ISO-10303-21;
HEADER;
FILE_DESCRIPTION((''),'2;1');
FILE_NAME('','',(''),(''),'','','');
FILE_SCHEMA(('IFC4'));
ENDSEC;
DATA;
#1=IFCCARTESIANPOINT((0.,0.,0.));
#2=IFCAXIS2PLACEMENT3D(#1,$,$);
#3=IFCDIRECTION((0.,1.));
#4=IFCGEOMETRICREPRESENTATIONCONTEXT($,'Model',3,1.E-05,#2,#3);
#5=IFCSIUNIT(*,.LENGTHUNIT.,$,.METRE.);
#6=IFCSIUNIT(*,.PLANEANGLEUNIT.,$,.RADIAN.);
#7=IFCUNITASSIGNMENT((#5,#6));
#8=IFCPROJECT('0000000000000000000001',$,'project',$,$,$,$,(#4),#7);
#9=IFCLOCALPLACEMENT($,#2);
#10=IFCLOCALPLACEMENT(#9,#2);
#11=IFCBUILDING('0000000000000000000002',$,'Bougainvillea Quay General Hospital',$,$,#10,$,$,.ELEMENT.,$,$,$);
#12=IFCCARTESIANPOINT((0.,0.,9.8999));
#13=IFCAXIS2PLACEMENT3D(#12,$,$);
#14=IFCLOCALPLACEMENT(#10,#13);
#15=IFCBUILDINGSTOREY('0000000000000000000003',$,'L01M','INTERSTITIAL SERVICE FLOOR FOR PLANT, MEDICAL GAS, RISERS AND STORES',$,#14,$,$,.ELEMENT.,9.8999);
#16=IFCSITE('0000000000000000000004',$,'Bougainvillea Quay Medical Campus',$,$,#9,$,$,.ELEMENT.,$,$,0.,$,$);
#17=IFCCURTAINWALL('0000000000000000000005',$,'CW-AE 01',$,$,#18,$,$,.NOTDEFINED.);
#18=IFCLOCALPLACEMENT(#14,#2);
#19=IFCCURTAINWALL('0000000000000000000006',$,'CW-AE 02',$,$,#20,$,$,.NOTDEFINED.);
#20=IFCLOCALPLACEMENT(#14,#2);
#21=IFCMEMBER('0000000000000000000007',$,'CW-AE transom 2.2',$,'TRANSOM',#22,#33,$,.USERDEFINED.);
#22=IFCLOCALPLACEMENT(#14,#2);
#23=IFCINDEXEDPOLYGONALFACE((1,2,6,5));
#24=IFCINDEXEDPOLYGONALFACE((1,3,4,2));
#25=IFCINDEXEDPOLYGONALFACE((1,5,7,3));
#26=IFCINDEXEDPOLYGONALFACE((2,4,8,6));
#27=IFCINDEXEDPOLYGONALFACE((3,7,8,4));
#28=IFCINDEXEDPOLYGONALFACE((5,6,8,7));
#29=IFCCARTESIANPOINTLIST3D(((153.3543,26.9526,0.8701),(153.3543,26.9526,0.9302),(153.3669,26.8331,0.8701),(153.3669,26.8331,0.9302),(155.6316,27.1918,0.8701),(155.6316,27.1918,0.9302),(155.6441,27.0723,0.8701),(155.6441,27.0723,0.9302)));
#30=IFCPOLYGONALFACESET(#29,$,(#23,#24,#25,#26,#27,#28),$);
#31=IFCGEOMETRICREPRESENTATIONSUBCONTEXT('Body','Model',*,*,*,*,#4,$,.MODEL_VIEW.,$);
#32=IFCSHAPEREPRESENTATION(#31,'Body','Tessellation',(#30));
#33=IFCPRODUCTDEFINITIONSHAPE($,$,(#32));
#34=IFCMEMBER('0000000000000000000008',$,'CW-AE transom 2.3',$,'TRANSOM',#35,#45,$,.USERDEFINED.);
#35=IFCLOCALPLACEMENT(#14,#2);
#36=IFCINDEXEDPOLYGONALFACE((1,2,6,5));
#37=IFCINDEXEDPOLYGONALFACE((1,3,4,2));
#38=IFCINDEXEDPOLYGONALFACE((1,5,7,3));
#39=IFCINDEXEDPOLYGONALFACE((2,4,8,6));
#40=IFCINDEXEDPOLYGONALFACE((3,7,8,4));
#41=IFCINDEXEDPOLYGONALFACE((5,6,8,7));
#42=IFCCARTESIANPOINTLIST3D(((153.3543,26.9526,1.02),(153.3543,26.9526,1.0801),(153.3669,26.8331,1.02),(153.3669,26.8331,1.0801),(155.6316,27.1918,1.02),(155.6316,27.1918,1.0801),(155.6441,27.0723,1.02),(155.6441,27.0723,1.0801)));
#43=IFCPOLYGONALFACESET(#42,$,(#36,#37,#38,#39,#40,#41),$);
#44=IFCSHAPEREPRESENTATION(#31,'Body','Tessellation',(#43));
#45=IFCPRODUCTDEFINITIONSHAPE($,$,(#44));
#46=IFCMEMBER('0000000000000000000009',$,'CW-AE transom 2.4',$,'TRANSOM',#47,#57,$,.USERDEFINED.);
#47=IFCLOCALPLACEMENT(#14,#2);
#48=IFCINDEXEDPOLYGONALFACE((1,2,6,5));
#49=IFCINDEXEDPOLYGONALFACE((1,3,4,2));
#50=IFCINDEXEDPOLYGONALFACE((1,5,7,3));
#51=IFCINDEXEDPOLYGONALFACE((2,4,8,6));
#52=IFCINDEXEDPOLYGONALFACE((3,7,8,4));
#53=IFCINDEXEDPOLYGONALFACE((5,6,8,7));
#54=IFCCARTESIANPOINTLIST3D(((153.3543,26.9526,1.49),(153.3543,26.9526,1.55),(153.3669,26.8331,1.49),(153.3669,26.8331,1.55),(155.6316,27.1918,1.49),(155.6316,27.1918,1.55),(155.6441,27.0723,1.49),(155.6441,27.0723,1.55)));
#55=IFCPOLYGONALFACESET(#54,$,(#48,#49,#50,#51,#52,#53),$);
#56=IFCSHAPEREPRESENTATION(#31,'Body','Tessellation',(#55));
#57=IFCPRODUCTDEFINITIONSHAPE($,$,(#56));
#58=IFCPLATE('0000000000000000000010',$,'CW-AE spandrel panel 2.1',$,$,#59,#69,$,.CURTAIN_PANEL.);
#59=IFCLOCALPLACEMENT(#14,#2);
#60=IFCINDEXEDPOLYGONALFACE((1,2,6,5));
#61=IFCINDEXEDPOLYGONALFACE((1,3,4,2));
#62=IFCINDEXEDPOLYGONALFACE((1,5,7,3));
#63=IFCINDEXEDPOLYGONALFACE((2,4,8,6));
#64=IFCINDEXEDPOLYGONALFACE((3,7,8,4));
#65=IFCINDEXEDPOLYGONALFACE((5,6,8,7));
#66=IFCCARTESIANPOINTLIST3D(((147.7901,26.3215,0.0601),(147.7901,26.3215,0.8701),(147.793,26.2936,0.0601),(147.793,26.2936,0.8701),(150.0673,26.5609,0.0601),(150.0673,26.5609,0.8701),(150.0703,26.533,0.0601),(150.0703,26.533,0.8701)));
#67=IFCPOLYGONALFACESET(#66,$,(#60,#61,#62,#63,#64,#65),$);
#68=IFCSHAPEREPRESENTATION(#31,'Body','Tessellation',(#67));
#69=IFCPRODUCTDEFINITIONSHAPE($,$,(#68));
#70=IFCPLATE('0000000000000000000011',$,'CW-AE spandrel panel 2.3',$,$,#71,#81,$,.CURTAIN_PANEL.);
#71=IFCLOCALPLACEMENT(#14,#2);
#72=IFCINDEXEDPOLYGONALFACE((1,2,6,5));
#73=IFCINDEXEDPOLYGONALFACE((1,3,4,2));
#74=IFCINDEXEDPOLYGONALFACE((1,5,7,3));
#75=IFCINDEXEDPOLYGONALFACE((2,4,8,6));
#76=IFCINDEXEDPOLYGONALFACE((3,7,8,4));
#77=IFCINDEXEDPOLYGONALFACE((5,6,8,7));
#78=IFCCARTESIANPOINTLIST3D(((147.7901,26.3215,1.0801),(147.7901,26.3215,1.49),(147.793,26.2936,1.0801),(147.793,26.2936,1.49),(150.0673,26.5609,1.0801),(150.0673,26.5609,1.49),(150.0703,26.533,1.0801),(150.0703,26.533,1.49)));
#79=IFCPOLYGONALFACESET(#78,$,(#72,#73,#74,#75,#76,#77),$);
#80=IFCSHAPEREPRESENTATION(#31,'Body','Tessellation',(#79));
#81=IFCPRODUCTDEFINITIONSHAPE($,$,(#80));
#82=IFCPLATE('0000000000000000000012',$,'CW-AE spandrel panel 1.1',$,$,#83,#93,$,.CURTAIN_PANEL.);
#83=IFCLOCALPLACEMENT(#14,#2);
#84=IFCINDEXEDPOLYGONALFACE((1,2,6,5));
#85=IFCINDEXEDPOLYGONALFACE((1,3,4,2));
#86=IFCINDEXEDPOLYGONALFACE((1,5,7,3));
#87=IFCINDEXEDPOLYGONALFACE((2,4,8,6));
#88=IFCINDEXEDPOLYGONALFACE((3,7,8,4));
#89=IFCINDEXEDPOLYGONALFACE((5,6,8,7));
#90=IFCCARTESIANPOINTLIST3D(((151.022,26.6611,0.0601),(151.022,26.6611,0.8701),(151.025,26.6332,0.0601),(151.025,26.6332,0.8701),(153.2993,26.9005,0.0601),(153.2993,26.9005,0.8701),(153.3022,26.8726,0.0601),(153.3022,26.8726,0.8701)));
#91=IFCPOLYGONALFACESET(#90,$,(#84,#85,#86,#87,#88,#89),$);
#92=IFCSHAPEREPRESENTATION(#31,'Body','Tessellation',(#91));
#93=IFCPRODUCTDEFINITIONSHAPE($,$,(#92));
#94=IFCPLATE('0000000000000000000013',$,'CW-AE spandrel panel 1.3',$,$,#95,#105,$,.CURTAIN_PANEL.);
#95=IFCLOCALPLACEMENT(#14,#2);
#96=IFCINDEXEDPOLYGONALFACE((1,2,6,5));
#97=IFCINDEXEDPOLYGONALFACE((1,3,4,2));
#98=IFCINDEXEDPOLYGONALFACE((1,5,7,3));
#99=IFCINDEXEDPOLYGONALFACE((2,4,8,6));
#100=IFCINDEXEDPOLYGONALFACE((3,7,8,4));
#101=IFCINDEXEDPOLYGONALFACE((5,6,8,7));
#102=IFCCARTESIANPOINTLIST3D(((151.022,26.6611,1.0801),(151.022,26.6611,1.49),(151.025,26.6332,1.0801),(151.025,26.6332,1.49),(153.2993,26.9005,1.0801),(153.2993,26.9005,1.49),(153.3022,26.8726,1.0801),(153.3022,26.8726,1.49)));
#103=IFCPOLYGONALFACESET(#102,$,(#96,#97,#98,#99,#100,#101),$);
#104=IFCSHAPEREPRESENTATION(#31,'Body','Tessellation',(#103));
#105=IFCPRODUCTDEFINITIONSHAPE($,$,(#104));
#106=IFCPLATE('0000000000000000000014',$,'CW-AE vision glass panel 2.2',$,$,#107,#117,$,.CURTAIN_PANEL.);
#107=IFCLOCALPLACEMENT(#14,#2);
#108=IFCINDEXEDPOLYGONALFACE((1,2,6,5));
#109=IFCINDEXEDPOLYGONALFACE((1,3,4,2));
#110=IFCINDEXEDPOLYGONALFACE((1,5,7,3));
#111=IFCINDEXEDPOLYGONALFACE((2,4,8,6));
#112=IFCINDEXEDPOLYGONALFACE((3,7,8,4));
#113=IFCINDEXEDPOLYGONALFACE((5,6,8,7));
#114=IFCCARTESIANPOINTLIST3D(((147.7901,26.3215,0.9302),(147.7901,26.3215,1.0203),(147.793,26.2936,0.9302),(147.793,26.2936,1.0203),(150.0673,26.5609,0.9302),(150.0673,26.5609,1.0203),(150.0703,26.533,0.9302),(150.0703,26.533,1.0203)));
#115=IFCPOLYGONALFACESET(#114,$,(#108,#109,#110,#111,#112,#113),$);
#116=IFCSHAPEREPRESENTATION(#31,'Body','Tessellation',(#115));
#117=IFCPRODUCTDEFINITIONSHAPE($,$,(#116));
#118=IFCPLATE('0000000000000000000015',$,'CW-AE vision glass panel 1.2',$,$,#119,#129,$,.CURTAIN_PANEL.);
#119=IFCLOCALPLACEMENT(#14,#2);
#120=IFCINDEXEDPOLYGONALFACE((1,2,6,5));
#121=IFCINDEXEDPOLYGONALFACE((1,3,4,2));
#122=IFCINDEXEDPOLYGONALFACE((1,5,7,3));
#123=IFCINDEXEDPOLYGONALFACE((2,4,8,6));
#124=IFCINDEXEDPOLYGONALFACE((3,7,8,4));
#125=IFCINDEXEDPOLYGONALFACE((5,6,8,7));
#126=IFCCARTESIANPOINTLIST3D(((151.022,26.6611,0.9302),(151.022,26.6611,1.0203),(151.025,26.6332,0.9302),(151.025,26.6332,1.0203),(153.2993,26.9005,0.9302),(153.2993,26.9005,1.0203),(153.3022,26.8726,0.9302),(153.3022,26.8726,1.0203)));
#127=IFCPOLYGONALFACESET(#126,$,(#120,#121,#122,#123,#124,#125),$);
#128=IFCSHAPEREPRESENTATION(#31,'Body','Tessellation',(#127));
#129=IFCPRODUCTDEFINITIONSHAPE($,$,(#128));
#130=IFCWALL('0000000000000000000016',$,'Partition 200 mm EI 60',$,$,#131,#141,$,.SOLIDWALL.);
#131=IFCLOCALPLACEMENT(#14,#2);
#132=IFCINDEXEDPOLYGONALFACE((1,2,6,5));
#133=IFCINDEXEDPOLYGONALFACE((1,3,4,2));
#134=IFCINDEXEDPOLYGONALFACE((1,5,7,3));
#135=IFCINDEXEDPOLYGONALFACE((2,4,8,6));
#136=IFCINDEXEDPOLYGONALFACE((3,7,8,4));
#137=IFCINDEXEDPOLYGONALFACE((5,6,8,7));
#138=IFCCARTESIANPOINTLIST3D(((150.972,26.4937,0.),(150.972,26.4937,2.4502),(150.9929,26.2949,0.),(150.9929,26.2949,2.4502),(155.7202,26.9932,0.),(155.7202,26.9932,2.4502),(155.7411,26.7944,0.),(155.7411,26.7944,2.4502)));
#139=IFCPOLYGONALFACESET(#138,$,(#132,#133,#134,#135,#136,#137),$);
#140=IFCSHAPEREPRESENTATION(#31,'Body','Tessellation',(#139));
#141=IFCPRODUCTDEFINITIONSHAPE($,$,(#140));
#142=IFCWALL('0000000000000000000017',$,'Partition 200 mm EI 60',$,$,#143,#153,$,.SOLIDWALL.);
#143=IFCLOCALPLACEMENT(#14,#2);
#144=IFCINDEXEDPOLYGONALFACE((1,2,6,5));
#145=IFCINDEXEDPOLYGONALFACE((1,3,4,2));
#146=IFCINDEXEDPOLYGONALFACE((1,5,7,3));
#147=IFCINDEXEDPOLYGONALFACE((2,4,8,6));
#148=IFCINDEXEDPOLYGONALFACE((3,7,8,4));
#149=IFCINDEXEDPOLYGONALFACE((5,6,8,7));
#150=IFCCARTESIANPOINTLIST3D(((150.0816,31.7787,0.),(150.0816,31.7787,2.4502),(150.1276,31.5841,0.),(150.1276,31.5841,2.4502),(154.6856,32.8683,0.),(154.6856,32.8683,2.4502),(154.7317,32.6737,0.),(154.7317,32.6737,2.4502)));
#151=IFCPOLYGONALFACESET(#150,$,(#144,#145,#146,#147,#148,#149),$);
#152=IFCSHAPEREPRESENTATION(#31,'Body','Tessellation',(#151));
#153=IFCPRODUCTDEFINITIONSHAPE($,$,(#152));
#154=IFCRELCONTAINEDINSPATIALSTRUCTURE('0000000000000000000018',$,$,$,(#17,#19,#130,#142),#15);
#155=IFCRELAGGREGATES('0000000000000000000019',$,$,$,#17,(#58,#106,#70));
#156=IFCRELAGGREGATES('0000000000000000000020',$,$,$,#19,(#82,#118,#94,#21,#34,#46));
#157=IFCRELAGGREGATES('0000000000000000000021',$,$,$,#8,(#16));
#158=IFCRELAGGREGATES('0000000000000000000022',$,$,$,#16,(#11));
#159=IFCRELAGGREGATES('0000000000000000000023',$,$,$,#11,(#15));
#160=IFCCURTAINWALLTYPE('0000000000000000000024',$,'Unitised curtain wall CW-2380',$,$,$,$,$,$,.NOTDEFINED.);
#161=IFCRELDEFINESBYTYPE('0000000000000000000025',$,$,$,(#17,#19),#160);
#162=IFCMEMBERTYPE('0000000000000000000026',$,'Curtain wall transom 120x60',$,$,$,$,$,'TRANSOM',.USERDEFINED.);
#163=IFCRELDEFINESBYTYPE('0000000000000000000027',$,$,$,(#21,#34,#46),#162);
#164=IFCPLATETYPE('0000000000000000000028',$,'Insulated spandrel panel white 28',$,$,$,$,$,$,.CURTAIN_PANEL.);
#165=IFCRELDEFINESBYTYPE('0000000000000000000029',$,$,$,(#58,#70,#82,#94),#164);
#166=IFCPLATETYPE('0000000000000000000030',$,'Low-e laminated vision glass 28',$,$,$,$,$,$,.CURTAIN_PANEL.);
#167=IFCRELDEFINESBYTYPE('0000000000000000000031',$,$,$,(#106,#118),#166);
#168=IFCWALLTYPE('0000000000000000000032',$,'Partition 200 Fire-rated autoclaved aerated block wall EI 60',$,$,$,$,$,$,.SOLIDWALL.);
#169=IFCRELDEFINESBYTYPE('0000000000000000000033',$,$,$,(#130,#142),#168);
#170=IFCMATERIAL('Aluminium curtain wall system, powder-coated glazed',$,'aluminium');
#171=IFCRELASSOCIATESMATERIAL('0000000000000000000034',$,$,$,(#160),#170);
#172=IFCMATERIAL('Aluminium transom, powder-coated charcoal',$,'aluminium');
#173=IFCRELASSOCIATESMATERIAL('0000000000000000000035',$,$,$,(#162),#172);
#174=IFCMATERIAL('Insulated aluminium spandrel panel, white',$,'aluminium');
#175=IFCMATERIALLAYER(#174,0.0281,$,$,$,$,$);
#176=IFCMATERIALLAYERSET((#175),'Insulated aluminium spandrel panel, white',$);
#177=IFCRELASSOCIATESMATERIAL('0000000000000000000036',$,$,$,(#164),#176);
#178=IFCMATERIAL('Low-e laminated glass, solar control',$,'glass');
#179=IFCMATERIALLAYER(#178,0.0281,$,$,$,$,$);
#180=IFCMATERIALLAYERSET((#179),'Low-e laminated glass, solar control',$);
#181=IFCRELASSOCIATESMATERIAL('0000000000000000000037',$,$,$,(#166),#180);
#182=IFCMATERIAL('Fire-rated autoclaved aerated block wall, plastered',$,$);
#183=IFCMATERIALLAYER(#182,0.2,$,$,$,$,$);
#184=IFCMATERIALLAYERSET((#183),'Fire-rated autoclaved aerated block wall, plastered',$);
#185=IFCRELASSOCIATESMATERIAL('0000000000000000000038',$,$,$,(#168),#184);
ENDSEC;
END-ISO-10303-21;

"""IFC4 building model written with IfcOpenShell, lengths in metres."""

from ifc_helpers import new_model, si_unit, direction, frame, frame_2d, origin, origin_2d, place, context, subcontext, project, spatial, rectangle, extrude, material, layer, layer_set, material_profile, profile_set, type_object, element, aggregate, save


model = new_model("IFC4")

# Units and contexts
model_context = context("Model", 3, precision=1e-05, world=origin(), true_north=direction((0.0, 1.0)))
body_context = subcontext(model_context, "Body", "Model", "MODEL_VIEW")
ifc_project = project(units=[si_unit("LENGTHUNIT", "METRE"), si_unit("PLANEANGLEUNIT", "RADIAN")], contexts=[model_context])

# Site, building, storey
site_placement = place(None, origin())
site = spatial("IfcSite", under=ifc_project, at=site_placement, Name="Bougainvillea Quay Medical Campus", CompositionType="ELEMENT", RefElevation=0.0)
building_placement = place(site_placement, origin())
building = spatial("IfcBuilding", under=site, at=building_placement, Name="Bougainvillea Quay General Hospital", CompositionType="ELEMENT")
storey_placement = place(building_placement, frame((0.0, 0.0, 9.8999)))
storey = spatial("IfcBuildingStorey", under=building, at=storey_placement, Name="L01M", Description="INTERSTITIAL SERVICE FLOOR FOR PLANT, MEDICAL GAS, RISERS AND STORES", CompositionType="ELEMENT", Elevation=9.8999)

# Curtain wall
ifc_material_1 = material(Name="Aluminium curtain wall system, powder-coated glazed", Category="aluminium")
curtain_wall_type = type_object("IfcCurtainWallType", Name="Unitised curtain wall CW-2380", PredefinedType="NOTDEFINED", material=ifc_material_1)
curtain_wall_1_placement = place(storey_placement, origin())
curtain_wall_1 = element("IfcCurtainWall", 1, at=curtain_wall_1_placement, inside=storey, type_object=curtain_wall_type, Name="CW-AE 01", PredefinedType="NOTDEFINED")

# Curtain wall
curtain_wall_2_placement = place(storey_placement, origin())
curtain_wall_2 = element("IfcCurtainWall", 2, at=curtain_wall_2_placement, inside=storey, type_object=curtain_wall_type, Name="CW-AE 02", PredefinedType="NOTDEFINED")

# Members
ifc_material_2 = material(Name="Aluminium transom, powder-coated charcoal", Category="aluminium")
ifc_material_profile_1 = material_profile(ifc_material_2, rectangle(XDim=0.1201, YDim=0.0601, at=origin_2d()))
ifc_profile_set_1 = profile_set([ifc_material_profile_1], Name="Aluminium transom, powder-coated charcoal")
member_type_1 = type_object("IfcMemberType", Name="Curtain wall transom 120x60", ElementType="TRANSOM", PredefinedType="USERDEFINED", material=ifc_profile_set_1)
member_1_placement = place(storey_placement, frame((153.3606, 26.8928, 0.9001), z_axis=(0.994526, 0.104485, 0.0), x_axis=(-0.104485, 0.994526, 0.0)))
member_1 = element("IfcMember", 3, at=member_1_placement, type_object=member_type_1, Name="CW-AE transom 2.2", ObjectType="TRANSOM", PredefinedType="USERDEFINED", context=body_context, shape_type="SweptSolid", body=[
    extrude(rectangle(XDim=0.1201, YDim=0.0601, at=origin_2d()), origin(), (0.0, 0.0, 1.0), 2.2898),
])
member_2_placement = place(storey_placement, frame((153.3606, 26.8928, 1.05), z_axis=(0.994526, 0.104485, 0.0), x_axis=(-0.104485, 0.994526, 0.0)))
member_2 = element("IfcMember", 4, at=member_2_placement, type_object=member_type_1, Name="CW-AE transom 2.3", ObjectType="TRANSOM", PredefinedType="USERDEFINED", context=body_context, shape_type="SweptSolid", body=[
    extrude(rectangle(XDim=0.1201, YDim=0.0601, at=origin_2d()), origin(), (0.0, 0.0, 1.0), 2.2898),
])
member_3_placement = place(storey_placement, frame((153.3606, 26.8928, 1.52), z_axis=(0.994526, 0.104485, 0.0), x_axis=(-0.104485, 0.994526, 0.0)))
member_3 = element("IfcMember", 5, at=member_3_placement, type_object=member_type_1, Name="CW-AE transom 2.4", ObjectType="TRANSOM", PredefinedType="USERDEFINED", context=body_context, shape_type="SweptSolid", body=[
    extrude(rectangle(XDim=0.1201, YDim=0.0601, at=origin_2d()), origin(), (0.0, 0.0, 1.0), 2.2898),
])

# Plates
ifc_material_3 = material(Name="Insulated aluminium spandrel panel, white", Category="aluminium")
ifc_layer_1 = layer(ifc_material_3, 0.0281)
ifc_layer_set_1 = layer_set([ifc_layer_1], Name="Insulated aluminium spandrel panel, white")
plate_type_1 = type_object("IfcPlateType", Name="Insulated spandrel panel white 28", PredefinedType="CURTAIN_PANEL", material=ifc_layer_set_1)
plate_1_placement = place(storey_placement, frame((148.9302, 26.4272, 0.0601), z_axis=(0.0, 0.0, 1.0), x_axis=(0.994522, 0.104527, 0.0)))
plate_1 = element("IfcPlate", 6, at=plate_1_placement, type_object=plate_type_1, Name="CW-AE spandrel panel 2.1", PredefinedType="CURTAIN_PANEL", context=body_context, shape_type="SweptSolid", body=[
    extrude(rectangle(XDim=2.2898, YDim=0.0281, at=origin_2d()), origin(), (0.0, 0.0, 1.0), 0.8101),
])
plate_2_placement = place(storey_placement, frame((148.9302, 26.4272, 1.0801), z_axis=(0.0, 0.0, 1.0), x_axis=(0.994522, 0.104527, 0.0)))
plate_2 = element("IfcPlate", 7, at=plate_2_placement, type_object=plate_type_1, Name="CW-AE spandrel panel 2.3", PredefinedType="CURTAIN_PANEL", context=body_context, shape_type="SweptSolid", body=[
    extrude(rectangle(XDim=2.2898, YDim=0.0281, at=origin_2d()), origin(), (0.0, 0.0, 1.0), 0.4099),
])
plate_3_placement = place(storey_placement, frame((152.1621, 26.7668, 0.0601), z_axis=(0.0, 0.0, 1.0), x_axis=(0.994522, 0.104527, 0.0)))
plate_3 = element("IfcPlate", 8, at=plate_3_placement, type_object=plate_type_1, Name="CW-AE spandrel panel 1.1", PredefinedType="CURTAIN_PANEL", context=body_context, shape_type="SweptSolid", body=[
    extrude(rectangle(XDim=2.2898, YDim=0.0281, at=origin_2d()), origin(), (0.0, 0.0, 1.0), 0.8101),
])
plate_4_placement = place(storey_placement, frame((152.1621, 26.7668, 1.0801), z_axis=(0.0, 0.0, 1.0), x_axis=(0.994522, 0.104527, 0.0)))
plate_4 = element("IfcPlate", 9, at=plate_4_placement, type_object=plate_type_1, Name="CW-AE spandrel panel 1.3", PredefinedType="CURTAIN_PANEL", context=body_context, shape_type="SweptSolid", body=[
    extrude(rectangle(XDim=2.2898, YDim=0.0281, at=origin_2d()), origin(), (0.0, 0.0, 1.0), 0.4099),
])
ifc_material_4 = material(Name="Low-e laminated glass, solar control", Category="glass")
ifc_layer_2 = layer(ifc_material_4, 0.0281)
ifc_layer_set_2 = layer_set([ifc_layer_2], Name="Low-e laminated glass, solar control")
plate_type_2 = type_object("IfcPlateType", Name="Low-e laminated vision glass 28", PredefinedType="CURTAIN_PANEL", material=ifc_layer_set_2)
plate_5_placement = place(storey_placement, frame((148.9302, 26.4272, 0.9302), z_axis=(0.0, 0.0, 1.0), x_axis=(0.994522, 0.104527, 0.0)))
plate_5 = element("IfcPlate", 10, at=plate_5_placement, type_object=plate_type_2, Name="CW-AE vision glass panel 2.2", PredefinedType="CURTAIN_PANEL", context=body_context, shape_type="SweptSolid", body=[
    extrude(rectangle(XDim=2.2898, YDim=0.0281, at=origin_2d()), origin(), (0.0, 0.0, 1.0), 0.0901),
])
aggregate(curtain_wall_1, [plate_1, plate_5, plate_2])
plate_6_placement = place(storey_placement, frame((152.1621, 26.7668, 0.9302), z_axis=(0.0, 0.0, 1.0), x_axis=(0.994522, 0.104527, 0.0)))
plate_6 = element("IfcPlate", 11, at=plate_6_placement, type_object=plate_type_2, Name="CW-AE vision glass panel 1.2", PredefinedType="CURTAIN_PANEL", context=body_context, shape_type="SweptSolid", body=[
    extrude(rectangle(XDim=2.2898, YDim=0.0281, at=origin_2d()), origin(), (0.0, 0.0, 1.0), 0.0901),
])
aggregate(curtain_wall_2, [plate_3, plate_6, plate_4, member_1, member_2, member_3])

# Walls
ifc_material_5 = material(Name="Fire-rated autoclaved aerated block wall, plastered")
ifc_layer_3 = layer(ifc_material_5, 0.2)
ifc_layer_set_3 = layer_set([ifc_layer_3], Name="Fire-rated autoclaved aerated block wall, plastered")
wall_type = type_object("IfcWallType", Name="Partition 200 Fire-rated autoclaved aerated block wall EI 60", PredefinedType="SOLIDWALL", material=ifc_layer_set_3)
wall_1_placement = place(storey_placement, frame((150.9824, 26.3943, 0.0), z_axis=(0.0, 0.0, 1.0), x_axis=(0.994512, 0.104621, 0.0)))
element("IfcWall", 12, at=wall_1_placement, inside=storey, type_object=wall_type, Name="Partition 200 mm EI 60", PredefinedType="SOLIDWALL", context=body_context, shape_type="SweptSolid", body=[
    extrude(rectangle(XDim=4.7744, YDim=0.2, at=frame_2d((2.3872, 0.0))), origin(), (0.0, 0.0, 1.0), 2.4502),
])
wall_2_placement = place(storey_placement, frame((150.1045, 31.6814, 0.0), z_axis=(0.0, 0.0, 1.0), x_axis=(0.973119, 0.230302, 0.0)))
element("IfcWall", 13, at=wall_2_placement, inside=storey, type_object=wall_type, Name="Partition 200 mm EI 60", PredefinedType="SOLIDWALL", context=body_context, shape_type="SweptSolid", body=[
    extrude(rectangle(XDim=4.7312, YDim=0.2, at=frame_2d((2.3657, 0.0))), origin(), (0.0, 0.0, 1.0), 2.4502),
])

save(model, "model.ifc")
